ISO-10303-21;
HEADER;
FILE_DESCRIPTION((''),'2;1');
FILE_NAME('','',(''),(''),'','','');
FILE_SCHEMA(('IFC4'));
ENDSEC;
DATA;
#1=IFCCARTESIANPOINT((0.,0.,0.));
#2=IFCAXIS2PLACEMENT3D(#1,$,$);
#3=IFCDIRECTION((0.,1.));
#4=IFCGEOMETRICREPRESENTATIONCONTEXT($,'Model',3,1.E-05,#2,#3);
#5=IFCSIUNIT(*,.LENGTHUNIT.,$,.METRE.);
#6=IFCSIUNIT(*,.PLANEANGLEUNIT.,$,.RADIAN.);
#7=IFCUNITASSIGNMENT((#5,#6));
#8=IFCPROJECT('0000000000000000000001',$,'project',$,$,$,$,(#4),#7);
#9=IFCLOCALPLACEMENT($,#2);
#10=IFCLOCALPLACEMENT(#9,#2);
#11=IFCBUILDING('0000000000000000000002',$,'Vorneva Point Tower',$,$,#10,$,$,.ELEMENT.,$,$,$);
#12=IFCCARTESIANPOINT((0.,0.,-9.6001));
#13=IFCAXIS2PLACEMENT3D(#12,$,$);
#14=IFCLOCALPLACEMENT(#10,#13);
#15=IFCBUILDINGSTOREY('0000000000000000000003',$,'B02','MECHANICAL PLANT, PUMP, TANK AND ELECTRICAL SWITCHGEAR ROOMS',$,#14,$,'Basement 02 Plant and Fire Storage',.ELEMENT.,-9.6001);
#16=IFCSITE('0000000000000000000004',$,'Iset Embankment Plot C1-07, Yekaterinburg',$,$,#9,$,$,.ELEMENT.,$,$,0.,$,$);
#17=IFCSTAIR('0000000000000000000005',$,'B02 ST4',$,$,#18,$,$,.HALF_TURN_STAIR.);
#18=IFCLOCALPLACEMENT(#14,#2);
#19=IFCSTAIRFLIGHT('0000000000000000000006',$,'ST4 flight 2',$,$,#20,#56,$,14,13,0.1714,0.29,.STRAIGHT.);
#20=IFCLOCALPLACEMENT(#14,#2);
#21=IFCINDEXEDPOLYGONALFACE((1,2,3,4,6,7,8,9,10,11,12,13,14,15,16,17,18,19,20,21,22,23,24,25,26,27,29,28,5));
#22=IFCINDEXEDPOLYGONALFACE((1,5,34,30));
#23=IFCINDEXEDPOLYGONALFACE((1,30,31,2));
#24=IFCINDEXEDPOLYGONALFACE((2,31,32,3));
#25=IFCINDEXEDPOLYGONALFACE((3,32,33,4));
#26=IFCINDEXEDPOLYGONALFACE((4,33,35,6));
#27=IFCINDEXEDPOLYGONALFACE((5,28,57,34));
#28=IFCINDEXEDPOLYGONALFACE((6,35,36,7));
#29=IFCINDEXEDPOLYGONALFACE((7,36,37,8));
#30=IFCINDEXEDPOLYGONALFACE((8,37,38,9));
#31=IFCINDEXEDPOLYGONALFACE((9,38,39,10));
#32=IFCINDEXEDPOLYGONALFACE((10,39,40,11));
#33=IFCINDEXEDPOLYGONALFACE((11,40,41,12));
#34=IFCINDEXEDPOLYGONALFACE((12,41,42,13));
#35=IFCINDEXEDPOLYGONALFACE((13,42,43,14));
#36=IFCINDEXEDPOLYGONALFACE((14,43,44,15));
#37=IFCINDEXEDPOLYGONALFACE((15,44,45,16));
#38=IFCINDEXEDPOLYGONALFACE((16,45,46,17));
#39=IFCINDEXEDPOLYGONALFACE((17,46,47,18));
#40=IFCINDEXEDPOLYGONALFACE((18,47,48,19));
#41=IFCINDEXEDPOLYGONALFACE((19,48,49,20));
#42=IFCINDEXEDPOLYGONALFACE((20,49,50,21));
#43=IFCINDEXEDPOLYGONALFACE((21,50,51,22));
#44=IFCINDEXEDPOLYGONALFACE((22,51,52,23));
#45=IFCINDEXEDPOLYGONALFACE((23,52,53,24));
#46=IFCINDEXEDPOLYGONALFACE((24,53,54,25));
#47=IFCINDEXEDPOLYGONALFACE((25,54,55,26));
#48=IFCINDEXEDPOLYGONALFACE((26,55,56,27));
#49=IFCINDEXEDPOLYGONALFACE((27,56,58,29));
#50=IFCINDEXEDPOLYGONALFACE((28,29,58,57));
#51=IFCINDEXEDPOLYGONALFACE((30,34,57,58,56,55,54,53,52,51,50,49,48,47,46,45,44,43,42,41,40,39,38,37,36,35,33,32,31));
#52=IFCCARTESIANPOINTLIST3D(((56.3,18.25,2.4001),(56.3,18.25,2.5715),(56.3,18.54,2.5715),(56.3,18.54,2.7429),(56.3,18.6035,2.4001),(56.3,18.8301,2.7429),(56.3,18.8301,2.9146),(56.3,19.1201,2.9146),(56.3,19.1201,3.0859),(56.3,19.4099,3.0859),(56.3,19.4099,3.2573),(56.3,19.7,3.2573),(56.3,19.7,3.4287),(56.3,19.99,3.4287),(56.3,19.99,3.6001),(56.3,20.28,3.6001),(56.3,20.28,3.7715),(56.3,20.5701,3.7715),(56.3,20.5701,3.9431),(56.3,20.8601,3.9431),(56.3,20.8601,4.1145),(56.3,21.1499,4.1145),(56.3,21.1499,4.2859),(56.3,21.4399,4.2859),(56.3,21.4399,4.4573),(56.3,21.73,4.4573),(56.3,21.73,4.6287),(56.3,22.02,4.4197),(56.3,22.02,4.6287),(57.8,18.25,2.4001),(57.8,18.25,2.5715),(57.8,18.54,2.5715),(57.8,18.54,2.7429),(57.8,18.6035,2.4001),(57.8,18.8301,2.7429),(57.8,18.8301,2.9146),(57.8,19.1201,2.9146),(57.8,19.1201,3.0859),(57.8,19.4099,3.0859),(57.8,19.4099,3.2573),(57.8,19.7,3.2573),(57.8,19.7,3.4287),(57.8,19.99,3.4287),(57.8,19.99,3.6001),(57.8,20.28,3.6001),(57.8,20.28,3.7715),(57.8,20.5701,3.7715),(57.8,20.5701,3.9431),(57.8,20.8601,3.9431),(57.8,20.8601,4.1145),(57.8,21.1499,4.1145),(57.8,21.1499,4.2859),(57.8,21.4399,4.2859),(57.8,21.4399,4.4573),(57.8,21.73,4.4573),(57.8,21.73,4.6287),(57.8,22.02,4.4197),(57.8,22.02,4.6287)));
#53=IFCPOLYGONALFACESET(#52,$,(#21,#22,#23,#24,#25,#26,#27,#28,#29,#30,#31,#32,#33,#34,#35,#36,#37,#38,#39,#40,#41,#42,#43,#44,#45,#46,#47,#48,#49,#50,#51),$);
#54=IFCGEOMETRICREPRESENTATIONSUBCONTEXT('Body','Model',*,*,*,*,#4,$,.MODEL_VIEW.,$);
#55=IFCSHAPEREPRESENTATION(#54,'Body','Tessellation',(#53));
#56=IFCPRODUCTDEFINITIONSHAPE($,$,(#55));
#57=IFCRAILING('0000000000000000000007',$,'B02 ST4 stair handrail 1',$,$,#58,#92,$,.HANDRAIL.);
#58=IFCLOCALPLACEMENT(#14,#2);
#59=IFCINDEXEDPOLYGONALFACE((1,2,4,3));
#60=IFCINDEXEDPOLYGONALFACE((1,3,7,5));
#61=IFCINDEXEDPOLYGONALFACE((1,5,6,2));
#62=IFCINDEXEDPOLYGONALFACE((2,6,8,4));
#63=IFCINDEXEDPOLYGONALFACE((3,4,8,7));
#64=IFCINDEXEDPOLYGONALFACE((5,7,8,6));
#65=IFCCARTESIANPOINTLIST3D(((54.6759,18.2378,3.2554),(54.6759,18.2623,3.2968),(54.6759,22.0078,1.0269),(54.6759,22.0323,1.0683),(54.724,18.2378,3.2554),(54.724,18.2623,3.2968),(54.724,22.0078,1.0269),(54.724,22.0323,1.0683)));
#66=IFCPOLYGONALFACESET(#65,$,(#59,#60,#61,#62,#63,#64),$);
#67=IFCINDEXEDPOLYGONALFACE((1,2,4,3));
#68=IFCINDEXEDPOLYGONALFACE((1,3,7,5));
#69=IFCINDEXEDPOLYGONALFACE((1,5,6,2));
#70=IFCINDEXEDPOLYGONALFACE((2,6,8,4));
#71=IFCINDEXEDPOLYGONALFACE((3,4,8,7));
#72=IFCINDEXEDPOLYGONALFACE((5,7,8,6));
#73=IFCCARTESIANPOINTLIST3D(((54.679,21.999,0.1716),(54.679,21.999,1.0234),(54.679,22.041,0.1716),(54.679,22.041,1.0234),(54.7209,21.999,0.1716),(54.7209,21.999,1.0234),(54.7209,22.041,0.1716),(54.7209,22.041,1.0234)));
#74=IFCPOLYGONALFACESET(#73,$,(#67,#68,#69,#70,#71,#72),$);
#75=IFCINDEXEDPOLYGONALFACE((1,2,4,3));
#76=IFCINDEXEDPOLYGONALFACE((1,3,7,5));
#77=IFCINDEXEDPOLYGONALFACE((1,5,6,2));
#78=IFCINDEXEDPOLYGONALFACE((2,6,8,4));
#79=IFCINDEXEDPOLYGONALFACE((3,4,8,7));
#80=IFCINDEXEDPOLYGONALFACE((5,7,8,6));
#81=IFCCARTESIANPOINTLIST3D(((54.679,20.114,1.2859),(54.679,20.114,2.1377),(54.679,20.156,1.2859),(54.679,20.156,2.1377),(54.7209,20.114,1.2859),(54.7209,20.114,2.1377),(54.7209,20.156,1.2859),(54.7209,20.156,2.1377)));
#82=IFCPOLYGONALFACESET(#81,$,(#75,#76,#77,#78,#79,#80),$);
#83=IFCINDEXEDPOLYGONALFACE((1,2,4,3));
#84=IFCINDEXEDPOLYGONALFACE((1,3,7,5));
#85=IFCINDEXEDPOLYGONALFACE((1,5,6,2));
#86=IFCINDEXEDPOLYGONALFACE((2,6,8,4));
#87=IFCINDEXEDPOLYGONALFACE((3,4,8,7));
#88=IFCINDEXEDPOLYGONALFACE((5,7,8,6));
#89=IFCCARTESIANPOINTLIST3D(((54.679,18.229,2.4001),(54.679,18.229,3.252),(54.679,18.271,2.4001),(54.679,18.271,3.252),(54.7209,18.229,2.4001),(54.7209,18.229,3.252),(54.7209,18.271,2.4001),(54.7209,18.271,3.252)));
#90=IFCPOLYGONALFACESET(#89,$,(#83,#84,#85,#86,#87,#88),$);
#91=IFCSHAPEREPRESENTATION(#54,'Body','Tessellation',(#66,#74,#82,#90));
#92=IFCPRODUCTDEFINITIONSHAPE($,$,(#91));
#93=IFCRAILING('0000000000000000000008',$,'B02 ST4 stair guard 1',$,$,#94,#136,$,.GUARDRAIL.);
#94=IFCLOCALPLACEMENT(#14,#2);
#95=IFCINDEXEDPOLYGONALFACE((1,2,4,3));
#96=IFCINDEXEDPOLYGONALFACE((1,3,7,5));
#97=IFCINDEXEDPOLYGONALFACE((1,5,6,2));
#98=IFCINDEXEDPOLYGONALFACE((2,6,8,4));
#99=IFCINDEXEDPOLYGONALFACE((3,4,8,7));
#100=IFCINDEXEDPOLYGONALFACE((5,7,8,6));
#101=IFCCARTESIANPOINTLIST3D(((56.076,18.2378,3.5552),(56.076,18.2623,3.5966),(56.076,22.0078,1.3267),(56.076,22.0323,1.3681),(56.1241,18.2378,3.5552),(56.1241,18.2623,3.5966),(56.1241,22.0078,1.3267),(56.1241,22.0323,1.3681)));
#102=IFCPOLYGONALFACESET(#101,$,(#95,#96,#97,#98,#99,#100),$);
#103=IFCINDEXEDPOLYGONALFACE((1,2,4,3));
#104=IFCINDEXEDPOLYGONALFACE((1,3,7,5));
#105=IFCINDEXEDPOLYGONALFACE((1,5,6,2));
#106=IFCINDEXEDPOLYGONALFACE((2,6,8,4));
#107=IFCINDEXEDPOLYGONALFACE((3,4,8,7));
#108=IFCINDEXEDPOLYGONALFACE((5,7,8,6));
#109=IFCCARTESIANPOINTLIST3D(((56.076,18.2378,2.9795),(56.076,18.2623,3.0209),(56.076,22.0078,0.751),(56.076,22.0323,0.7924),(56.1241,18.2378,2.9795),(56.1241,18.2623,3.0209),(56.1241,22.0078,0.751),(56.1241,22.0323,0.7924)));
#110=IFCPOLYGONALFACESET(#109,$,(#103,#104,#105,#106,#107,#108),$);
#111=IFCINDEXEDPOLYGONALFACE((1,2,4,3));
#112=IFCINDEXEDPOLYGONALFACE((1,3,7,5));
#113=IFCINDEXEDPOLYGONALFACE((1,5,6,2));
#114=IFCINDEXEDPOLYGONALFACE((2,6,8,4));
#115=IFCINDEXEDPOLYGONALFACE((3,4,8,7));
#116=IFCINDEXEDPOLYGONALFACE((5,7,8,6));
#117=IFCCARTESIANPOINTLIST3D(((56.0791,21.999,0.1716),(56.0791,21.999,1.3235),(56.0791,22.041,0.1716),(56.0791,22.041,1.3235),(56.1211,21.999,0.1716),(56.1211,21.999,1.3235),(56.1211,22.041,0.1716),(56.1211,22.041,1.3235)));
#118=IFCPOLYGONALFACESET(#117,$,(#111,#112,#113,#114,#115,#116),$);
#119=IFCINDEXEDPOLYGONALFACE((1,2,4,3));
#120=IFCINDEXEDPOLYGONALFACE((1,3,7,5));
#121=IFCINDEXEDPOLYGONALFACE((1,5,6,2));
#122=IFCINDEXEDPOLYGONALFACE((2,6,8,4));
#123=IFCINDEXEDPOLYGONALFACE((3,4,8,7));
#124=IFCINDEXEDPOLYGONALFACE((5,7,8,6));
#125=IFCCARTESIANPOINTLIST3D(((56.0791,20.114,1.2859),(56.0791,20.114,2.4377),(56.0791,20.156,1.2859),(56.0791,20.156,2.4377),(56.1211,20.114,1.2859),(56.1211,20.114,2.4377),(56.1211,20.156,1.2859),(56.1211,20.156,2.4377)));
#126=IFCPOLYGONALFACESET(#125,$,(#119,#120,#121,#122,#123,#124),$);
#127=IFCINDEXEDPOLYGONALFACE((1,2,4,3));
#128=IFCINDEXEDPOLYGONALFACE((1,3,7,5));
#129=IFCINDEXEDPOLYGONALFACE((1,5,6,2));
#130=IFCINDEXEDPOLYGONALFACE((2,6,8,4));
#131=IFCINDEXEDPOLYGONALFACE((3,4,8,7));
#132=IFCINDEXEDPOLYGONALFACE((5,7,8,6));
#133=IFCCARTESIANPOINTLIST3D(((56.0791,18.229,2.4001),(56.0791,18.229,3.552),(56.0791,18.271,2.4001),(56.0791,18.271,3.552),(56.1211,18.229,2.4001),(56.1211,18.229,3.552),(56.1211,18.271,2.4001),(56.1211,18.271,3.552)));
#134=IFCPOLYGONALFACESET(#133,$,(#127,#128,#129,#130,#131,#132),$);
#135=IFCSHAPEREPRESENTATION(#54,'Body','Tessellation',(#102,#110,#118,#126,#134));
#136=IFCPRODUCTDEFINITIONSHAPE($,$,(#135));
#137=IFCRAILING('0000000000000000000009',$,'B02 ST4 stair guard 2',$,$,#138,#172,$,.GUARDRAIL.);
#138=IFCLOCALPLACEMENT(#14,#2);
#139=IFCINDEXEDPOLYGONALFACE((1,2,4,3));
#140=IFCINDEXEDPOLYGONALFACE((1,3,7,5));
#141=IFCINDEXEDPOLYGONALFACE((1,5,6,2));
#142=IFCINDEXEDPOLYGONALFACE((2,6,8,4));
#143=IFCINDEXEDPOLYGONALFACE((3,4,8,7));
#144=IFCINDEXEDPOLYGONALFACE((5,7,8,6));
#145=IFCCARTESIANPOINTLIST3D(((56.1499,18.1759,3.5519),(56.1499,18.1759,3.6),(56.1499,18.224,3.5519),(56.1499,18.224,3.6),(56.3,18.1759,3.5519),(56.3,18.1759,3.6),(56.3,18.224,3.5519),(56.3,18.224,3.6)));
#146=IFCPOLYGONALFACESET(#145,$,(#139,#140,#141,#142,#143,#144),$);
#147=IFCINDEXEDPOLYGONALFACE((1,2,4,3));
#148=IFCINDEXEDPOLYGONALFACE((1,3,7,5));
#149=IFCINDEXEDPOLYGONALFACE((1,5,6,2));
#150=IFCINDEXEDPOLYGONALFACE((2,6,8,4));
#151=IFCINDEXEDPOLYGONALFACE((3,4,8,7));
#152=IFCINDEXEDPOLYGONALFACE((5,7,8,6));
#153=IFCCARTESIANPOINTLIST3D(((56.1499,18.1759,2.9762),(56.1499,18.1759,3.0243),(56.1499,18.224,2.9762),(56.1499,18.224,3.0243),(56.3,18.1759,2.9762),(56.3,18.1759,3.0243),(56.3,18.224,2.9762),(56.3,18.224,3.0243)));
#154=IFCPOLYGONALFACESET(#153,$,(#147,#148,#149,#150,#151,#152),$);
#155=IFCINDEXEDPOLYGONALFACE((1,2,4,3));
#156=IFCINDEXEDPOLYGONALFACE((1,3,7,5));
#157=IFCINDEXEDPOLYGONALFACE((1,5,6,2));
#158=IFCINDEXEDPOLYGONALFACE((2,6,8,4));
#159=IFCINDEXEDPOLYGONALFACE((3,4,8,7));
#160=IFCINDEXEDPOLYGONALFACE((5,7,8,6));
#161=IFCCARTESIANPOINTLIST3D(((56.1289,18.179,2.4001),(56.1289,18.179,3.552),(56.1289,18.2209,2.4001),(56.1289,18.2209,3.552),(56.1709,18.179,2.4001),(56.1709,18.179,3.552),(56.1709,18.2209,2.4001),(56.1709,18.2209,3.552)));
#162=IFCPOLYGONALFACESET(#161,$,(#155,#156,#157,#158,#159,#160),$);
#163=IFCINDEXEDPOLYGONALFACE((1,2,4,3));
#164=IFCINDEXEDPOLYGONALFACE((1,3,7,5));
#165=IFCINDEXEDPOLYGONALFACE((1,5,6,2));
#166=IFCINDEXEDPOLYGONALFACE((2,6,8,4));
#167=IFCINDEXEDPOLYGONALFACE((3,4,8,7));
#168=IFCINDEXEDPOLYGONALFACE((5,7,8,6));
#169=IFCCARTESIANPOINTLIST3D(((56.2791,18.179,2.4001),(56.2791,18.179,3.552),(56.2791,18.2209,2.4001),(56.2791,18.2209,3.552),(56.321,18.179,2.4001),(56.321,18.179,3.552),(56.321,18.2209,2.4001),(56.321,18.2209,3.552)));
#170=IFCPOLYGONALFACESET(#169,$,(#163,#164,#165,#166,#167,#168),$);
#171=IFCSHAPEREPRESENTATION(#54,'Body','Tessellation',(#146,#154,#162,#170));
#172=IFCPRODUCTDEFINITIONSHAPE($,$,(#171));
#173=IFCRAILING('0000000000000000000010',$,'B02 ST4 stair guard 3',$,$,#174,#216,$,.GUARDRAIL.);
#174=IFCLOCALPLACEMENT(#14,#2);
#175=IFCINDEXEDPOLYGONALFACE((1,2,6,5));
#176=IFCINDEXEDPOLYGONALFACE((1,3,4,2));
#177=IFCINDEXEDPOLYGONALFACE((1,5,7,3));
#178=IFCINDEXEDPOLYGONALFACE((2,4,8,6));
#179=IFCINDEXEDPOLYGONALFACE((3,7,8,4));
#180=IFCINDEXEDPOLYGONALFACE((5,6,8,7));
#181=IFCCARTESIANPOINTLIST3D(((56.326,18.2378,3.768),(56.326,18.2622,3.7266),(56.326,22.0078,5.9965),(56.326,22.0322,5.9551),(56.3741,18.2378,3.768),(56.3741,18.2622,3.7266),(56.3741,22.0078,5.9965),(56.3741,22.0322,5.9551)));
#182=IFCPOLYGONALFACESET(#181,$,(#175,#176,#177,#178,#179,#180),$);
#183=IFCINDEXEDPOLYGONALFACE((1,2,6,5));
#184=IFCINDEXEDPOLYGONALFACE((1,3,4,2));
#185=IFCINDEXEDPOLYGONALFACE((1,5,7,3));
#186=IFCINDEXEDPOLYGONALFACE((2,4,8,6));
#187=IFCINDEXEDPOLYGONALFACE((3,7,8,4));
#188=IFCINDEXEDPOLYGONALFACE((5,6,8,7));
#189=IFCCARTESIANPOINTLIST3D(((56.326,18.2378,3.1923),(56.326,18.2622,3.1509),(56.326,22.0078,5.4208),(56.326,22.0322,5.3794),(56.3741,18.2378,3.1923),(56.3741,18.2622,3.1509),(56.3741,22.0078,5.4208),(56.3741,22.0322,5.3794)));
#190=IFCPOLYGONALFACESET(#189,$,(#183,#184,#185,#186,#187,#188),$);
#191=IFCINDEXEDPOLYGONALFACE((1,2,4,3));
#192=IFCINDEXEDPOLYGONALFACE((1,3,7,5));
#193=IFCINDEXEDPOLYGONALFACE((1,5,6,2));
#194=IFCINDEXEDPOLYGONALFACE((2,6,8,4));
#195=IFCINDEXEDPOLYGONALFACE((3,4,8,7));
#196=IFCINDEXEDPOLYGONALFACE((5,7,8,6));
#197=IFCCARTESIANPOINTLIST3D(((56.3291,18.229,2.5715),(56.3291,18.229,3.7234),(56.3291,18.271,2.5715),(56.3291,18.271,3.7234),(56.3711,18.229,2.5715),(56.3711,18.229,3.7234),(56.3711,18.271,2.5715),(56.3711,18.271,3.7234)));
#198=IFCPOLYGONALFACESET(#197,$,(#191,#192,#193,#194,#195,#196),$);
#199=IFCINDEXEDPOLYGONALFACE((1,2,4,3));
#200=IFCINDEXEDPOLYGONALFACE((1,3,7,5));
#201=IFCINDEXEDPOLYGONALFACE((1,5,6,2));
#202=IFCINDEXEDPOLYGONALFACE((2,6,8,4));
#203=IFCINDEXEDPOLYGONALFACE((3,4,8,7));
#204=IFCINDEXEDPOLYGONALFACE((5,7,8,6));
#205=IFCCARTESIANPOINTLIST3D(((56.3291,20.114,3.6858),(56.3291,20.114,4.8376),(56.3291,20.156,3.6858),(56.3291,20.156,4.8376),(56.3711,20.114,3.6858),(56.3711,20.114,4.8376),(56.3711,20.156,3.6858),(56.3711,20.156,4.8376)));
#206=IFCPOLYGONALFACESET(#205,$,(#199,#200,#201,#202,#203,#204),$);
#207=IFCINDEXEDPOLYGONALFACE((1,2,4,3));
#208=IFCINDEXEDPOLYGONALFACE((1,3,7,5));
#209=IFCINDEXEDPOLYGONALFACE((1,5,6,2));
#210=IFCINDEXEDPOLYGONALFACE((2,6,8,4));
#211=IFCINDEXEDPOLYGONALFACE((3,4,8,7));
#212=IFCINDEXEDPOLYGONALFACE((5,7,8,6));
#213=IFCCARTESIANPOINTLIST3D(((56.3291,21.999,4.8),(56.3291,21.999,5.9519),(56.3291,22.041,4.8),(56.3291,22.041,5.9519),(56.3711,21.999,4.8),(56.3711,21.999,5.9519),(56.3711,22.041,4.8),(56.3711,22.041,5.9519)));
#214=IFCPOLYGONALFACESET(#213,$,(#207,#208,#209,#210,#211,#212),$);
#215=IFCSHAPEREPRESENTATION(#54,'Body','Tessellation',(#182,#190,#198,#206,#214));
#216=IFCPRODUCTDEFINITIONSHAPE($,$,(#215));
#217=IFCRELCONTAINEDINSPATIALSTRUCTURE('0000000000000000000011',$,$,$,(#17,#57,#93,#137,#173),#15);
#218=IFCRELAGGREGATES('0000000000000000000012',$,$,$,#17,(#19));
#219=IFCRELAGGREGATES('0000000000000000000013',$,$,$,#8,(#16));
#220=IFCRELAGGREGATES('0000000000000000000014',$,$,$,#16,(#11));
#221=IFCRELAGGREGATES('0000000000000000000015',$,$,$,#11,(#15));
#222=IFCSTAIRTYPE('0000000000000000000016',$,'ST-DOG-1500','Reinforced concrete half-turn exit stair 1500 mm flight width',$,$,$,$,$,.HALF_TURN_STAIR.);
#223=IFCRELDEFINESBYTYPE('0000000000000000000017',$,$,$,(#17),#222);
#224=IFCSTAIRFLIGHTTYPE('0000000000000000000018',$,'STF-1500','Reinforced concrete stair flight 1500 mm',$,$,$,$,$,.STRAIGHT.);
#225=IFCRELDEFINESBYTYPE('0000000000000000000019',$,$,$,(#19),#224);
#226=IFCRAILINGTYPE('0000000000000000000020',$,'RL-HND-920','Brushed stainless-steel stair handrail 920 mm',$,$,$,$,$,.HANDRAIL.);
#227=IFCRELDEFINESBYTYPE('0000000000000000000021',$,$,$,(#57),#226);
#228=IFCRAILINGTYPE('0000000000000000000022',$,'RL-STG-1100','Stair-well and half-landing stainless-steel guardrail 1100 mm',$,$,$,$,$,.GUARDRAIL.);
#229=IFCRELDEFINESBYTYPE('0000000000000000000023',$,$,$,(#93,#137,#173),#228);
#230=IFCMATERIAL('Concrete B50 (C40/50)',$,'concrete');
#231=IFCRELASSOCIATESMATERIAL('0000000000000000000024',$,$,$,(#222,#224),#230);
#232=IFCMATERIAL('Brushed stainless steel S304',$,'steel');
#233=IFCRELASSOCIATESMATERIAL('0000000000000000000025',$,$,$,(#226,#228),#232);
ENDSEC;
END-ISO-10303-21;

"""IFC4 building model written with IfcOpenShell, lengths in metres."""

from ifc_helpers import new_model, si_unit, direction, frame, origin, origin_2d, place, context, subcontext, project, spatial, polyline, rectangle, outline, extrude, material, type_object, element, aggregate, save


model = new_model("IFC4")

# Units and contexts
model_context = context("Model", 3, precision=1e-05, world=origin(), true_north=direction((0.0, 1.0)))
body_context = subcontext(model_context, "Body", "Model", "MODEL_VIEW")
ifc_project = project(units=[si_unit("LENGTHUNIT", "METRE"), si_unit("PLANEANGLEUNIT", "RADIAN")], contexts=[model_context])

# Site, building, storey
site_placement = place(None, origin())
site = spatial("IfcSite", under=ifc_project, at=site_placement, Name="Iset Embankment Plot C1-07, Yekaterinburg", CompositionType="ELEMENT", RefElevation=0.0)
building_placement = place(site_placement, origin())
building = spatial("IfcBuilding", under=site, at=building_placement, Name="Vorneva Point Tower", CompositionType="ELEMENT")
storey_placement = place(building_placement, frame((0.0, 0.0, -9.6001)))
storey = spatial("IfcBuildingStorey", under=building, at=storey_placement, Name="B02", Description="MECHANICAL PLANT, PUMP, TANK AND ELECTRICAL SWITCHGEAR ROOMS", LongName="Basement 02 Plant and Fire Storage", CompositionType="ELEMENT", Elevation=-9.6001)

# Shared definitions
ifc_material_1 = material(Name="Concrete B50 (C40/50)", Category="concrete")

# Stair, stair flight
stair_type = type_object("IfcStairType", Name="ST-DOG-1500", Description="Reinforced concrete half-turn exit stair 1500 mm flight width", PredefinedType="HALF_TURN_STAIR", material=ifc_material_1)
stair_placement = place(storey_placement, origin())
stair = element("IfcStair", 1, at=stair_placement, inside=storey, type_object=stair_type, Name="B02 ST4", PredefinedType="HALF_TURN_STAIR")
stair_flight_type = type_object("IfcStairFlightType", Name="STF-1500", Description="Reinforced concrete stair flight 1500 mm", PredefinedType="STRAIGHT", material=ifc_material_1)
stair_flight_1_placement = place(storey_placement, frame((57.05, 18.25, 2.4001), z_axis=(0.0, 0.0, 1.0), x_axis=(0.0, 1.0, 0.0)))
stair_flight_1 = element("IfcStairFlight", 2, at=stair_flight_1_placement, type_object=stair_flight_type, Name="ST4 flight 2", NumberOfRisers=14, NumberOfTreads=13, PredefinedType="STRAIGHT", RiserHeight=0.1714, TreadLength=0.29, context=body_context, shape_type="SweptSolid", body=[
    extrude(outline(polyline([(0.0, 0.0), (0.0, 0.1714), (0.29, 0.1714), (0.29, 0.3428), (0.5801, 0.3428), (0.5801, 0.5144), (0.8701, 0.5144), (0.8701, 0.6858), (1.1599, 0.6858), (1.1599, 0.8572), (1.45, 0.8572), (1.45, 1.0286), (1.74, 1.0286), (1.74, 1.2), (2.03, 1.2), (2.03, 1.3713), (2.3201, 1.3713), (2.3201, 1.543), (2.6101, 1.543), (2.6101, 1.7144), (2.8999, 1.7144), (2.8999, 1.8857), (3.1899, 1.8857), (3.1899, 2.0571), (3.48, 2.0571), (3.48, 2.2285), (3.77, 2.2285), (3.77, 2.3999), (3.77, 2.0195), (0.3535, 0.0), (0.0, 0.0)])), frame((0.0, 0.75, 0.0), z_axis=(0.0, -1.0, 0.0), x_axis=(1.0, 0.0, 0.0)), (0.0, 0.0, 1.0), 1.5),
])
aggregate(stair, [stair_flight_1])

# Railings
ifc_material_2 = material(Name="Brushed stainless steel S304", Category="steel")
railing_type_1 = type_object("IfcRailingType", Name="RL-HND-920", Description="Brushed stainless-steel stair handrail 920 mm", PredefinedType="HANDRAIL", material=ifc_material_2)
railing_1_placement = place(storey_placement, frame((54.7, 22.02, 0.1716)))
element("IfcRailing", 3, at=railing_1_placement, inside=storey, type_object=railing_type_1, Name="B02 ST4 stair handrail 1", PredefinedType="HANDRAIL", context=body_context, shape_type="SweptSolid", body=[
    extrude(rectangle(XDim=0.0481, YDim=0.0481, at=origin_2d()), frame((0.0, 0.0, 0.876), z_axis=(0.0, -0.860849, 0.508861), x_axis=(1.0, 0.0, 0.0)), (0.0, 0.0, 1.0), 4.3794),
    extrude(rectangle(XDim=0.042, YDim=0.042, at=origin_2d()), origin(), (0.0, 0.0, 1.0), 0.8518),
    extrude(rectangle(XDim=0.042, YDim=0.042, at=origin_2d()), frame((0.0, -1.885, 1.1143)), (0.0, 0.0, 1.0), 0.8518),
    extrude(rectangle(XDim=0.042, YDim=0.042, at=origin_2d()), frame((0.0, -3.77, 2.2285)), (0.0, 0.0, 1.0), 0.8518),
])
railing_type_2 = type_object("IfcRailingType", Name="RL-STG-1100", Description="Stair-well and half-landing stainless-steel guardrail 1100 mm", PredefinedType="GUARDRAIL", material=ifc_material_2)
railing_2_placement = place(storey_placement, frame((56.1001, 22.02, 0.1716)))
element("IfcRailing", 4, at=railing_2_placement, inside=storey, type_object=railing_type_2, Name="B02 ST4 stair guard 1", PredefinedType="GUARDRAIL", context=body_context, shape_type="SweptSolid", body=[
    extrude(rectangle(XDim=0.0481, YDim=0.0481, at=origin_2d()), frame((0.0, 0.0, 1.1758), z_axis=(0.0, -0.860849, 0.508861), x_axis=(1.0, 0.0, 0.0)), (0.0, 0.0, 1.0), 4.3794),
    extrude(rectangle(XDim=0.0481, YDim=0.0481, at=origin_2d()), frame((0.0, 0.0, 0.6001), z_axis=(0.0, -0.860849, 0.508861), x_axis=(1.0, 0.0, 0.0)), (0.0, 0.0, 1.0), 4.3794),
    extrude(rectangle(XDim=0.042, YDim=0.042, at=origin_2d()), origin(), (0.0, 0.0, 1.0), 1.1519),
    extrude(rectangle(XDim=0.042, YDim=0.042, at=origin_2d()), frame((0.0, -1.885, 1.1143)), (0.0, 0.0, 1.0), 1.1519),
    extrude(rectangle(XDim=0.042, YDim=0.042, at=origin_2d()), frame((0.0, -3.77, 2.2285)), (0.0, 0.0, 1.0), 1.1519),
])
railing_3_placement = place(storey_placement, frame((56.1499, 18.2, 2.4001)))
element("IfcRailing", 5, at=railing_3_placement, inside=storey, type_object=railing_type_2, Name="B02 ST4 stair guard 2", PredefinedType="GUARDRAIL", context=body_context, shape_type="SweptSolid", body=[
    extrude(rectangle(XDim=0.0481, YDim=0.0481, at=origin_2d()), frame((0.0, 0.0, 1.1758), z_axis=(1.0, 0.0, 0.0), x_axis=(0.0, 1.0, 0.0)), (0.0, 0.0, 1.0), 0.1501),
    extrude(rectangle(XDim=0.0481, YDim=0.0481, at=origin_2d()), frame((0.0, 0.0, 0.6001), z_axis=(1.0, 0.0, 0.0), x_axis=(0.0, 1.0, 0.0)), (0.0, 0.0, 1.0), 0.1501),
    extrude(rectangle(XDim=0.042, YDim=0.042, at=origin_2d()), origin(), (0.0, 0.0, 1.0), 1.1519),
    extrude(rectangle(XDim=0.042, YDim=0.042, at=origin_2d()), frame((0.1501, 0.0, 0.0)), (0.0, 0.0, 1.0), 1.1519),
])
railing_4_placement = place(storey_placement, frame((56.3501, 18.25, 2.5715)))
element("IfcRailing", 6, at=railing_4_placement, inside=storey, type_object=railing_type_2, Name="B02 ST4 stair guard 3", PredefinedType="GUARDRAIL", context=body_context, shape_type="SweptSolid", body=[
    extrude(rectangle(XDim=0.0481, YDim=0.0481, at=origin_2d()), frame((0.0, 0.0, 1.1758), z_axis=(0.0, 0.860849, 0.508861), x_axis=(-1.0, 0.0, 0.0)), (0.0, 0.0, 1.0), 4.3794),
    extrude(rectangle(XDim=0.0481, YDim=0.0481, at=origin_2d()), frame((0.0, 0.0, 0.6001), z_axis=(0.0, 0.860849, 0.508861), x_axis=(-1.0, 0.0, 0.0)), (0.0, 0.0, 1.0), 4.3794),
    extrude(rectangle(XDim=0.042, YDim=0.042, at=origin_2d()), origin(), (0.0, 0.0, 1.0), 1.1519),
    extrude(rectangle(XDim=0.042, YDim=0.042, at=origin_2d()), frame((0.0, 1.885, 1.1143)), (0.0, 0.0, 1.0), 1.1519),
    extrude(rectangle(XDim=0.042, YDim=0.042, at=origin_2d()), frame((0.0, 3.77, 2.2285)), (0.0, 0.0, 1.0), 1.1519),
])

save(model, "model.ifc")
